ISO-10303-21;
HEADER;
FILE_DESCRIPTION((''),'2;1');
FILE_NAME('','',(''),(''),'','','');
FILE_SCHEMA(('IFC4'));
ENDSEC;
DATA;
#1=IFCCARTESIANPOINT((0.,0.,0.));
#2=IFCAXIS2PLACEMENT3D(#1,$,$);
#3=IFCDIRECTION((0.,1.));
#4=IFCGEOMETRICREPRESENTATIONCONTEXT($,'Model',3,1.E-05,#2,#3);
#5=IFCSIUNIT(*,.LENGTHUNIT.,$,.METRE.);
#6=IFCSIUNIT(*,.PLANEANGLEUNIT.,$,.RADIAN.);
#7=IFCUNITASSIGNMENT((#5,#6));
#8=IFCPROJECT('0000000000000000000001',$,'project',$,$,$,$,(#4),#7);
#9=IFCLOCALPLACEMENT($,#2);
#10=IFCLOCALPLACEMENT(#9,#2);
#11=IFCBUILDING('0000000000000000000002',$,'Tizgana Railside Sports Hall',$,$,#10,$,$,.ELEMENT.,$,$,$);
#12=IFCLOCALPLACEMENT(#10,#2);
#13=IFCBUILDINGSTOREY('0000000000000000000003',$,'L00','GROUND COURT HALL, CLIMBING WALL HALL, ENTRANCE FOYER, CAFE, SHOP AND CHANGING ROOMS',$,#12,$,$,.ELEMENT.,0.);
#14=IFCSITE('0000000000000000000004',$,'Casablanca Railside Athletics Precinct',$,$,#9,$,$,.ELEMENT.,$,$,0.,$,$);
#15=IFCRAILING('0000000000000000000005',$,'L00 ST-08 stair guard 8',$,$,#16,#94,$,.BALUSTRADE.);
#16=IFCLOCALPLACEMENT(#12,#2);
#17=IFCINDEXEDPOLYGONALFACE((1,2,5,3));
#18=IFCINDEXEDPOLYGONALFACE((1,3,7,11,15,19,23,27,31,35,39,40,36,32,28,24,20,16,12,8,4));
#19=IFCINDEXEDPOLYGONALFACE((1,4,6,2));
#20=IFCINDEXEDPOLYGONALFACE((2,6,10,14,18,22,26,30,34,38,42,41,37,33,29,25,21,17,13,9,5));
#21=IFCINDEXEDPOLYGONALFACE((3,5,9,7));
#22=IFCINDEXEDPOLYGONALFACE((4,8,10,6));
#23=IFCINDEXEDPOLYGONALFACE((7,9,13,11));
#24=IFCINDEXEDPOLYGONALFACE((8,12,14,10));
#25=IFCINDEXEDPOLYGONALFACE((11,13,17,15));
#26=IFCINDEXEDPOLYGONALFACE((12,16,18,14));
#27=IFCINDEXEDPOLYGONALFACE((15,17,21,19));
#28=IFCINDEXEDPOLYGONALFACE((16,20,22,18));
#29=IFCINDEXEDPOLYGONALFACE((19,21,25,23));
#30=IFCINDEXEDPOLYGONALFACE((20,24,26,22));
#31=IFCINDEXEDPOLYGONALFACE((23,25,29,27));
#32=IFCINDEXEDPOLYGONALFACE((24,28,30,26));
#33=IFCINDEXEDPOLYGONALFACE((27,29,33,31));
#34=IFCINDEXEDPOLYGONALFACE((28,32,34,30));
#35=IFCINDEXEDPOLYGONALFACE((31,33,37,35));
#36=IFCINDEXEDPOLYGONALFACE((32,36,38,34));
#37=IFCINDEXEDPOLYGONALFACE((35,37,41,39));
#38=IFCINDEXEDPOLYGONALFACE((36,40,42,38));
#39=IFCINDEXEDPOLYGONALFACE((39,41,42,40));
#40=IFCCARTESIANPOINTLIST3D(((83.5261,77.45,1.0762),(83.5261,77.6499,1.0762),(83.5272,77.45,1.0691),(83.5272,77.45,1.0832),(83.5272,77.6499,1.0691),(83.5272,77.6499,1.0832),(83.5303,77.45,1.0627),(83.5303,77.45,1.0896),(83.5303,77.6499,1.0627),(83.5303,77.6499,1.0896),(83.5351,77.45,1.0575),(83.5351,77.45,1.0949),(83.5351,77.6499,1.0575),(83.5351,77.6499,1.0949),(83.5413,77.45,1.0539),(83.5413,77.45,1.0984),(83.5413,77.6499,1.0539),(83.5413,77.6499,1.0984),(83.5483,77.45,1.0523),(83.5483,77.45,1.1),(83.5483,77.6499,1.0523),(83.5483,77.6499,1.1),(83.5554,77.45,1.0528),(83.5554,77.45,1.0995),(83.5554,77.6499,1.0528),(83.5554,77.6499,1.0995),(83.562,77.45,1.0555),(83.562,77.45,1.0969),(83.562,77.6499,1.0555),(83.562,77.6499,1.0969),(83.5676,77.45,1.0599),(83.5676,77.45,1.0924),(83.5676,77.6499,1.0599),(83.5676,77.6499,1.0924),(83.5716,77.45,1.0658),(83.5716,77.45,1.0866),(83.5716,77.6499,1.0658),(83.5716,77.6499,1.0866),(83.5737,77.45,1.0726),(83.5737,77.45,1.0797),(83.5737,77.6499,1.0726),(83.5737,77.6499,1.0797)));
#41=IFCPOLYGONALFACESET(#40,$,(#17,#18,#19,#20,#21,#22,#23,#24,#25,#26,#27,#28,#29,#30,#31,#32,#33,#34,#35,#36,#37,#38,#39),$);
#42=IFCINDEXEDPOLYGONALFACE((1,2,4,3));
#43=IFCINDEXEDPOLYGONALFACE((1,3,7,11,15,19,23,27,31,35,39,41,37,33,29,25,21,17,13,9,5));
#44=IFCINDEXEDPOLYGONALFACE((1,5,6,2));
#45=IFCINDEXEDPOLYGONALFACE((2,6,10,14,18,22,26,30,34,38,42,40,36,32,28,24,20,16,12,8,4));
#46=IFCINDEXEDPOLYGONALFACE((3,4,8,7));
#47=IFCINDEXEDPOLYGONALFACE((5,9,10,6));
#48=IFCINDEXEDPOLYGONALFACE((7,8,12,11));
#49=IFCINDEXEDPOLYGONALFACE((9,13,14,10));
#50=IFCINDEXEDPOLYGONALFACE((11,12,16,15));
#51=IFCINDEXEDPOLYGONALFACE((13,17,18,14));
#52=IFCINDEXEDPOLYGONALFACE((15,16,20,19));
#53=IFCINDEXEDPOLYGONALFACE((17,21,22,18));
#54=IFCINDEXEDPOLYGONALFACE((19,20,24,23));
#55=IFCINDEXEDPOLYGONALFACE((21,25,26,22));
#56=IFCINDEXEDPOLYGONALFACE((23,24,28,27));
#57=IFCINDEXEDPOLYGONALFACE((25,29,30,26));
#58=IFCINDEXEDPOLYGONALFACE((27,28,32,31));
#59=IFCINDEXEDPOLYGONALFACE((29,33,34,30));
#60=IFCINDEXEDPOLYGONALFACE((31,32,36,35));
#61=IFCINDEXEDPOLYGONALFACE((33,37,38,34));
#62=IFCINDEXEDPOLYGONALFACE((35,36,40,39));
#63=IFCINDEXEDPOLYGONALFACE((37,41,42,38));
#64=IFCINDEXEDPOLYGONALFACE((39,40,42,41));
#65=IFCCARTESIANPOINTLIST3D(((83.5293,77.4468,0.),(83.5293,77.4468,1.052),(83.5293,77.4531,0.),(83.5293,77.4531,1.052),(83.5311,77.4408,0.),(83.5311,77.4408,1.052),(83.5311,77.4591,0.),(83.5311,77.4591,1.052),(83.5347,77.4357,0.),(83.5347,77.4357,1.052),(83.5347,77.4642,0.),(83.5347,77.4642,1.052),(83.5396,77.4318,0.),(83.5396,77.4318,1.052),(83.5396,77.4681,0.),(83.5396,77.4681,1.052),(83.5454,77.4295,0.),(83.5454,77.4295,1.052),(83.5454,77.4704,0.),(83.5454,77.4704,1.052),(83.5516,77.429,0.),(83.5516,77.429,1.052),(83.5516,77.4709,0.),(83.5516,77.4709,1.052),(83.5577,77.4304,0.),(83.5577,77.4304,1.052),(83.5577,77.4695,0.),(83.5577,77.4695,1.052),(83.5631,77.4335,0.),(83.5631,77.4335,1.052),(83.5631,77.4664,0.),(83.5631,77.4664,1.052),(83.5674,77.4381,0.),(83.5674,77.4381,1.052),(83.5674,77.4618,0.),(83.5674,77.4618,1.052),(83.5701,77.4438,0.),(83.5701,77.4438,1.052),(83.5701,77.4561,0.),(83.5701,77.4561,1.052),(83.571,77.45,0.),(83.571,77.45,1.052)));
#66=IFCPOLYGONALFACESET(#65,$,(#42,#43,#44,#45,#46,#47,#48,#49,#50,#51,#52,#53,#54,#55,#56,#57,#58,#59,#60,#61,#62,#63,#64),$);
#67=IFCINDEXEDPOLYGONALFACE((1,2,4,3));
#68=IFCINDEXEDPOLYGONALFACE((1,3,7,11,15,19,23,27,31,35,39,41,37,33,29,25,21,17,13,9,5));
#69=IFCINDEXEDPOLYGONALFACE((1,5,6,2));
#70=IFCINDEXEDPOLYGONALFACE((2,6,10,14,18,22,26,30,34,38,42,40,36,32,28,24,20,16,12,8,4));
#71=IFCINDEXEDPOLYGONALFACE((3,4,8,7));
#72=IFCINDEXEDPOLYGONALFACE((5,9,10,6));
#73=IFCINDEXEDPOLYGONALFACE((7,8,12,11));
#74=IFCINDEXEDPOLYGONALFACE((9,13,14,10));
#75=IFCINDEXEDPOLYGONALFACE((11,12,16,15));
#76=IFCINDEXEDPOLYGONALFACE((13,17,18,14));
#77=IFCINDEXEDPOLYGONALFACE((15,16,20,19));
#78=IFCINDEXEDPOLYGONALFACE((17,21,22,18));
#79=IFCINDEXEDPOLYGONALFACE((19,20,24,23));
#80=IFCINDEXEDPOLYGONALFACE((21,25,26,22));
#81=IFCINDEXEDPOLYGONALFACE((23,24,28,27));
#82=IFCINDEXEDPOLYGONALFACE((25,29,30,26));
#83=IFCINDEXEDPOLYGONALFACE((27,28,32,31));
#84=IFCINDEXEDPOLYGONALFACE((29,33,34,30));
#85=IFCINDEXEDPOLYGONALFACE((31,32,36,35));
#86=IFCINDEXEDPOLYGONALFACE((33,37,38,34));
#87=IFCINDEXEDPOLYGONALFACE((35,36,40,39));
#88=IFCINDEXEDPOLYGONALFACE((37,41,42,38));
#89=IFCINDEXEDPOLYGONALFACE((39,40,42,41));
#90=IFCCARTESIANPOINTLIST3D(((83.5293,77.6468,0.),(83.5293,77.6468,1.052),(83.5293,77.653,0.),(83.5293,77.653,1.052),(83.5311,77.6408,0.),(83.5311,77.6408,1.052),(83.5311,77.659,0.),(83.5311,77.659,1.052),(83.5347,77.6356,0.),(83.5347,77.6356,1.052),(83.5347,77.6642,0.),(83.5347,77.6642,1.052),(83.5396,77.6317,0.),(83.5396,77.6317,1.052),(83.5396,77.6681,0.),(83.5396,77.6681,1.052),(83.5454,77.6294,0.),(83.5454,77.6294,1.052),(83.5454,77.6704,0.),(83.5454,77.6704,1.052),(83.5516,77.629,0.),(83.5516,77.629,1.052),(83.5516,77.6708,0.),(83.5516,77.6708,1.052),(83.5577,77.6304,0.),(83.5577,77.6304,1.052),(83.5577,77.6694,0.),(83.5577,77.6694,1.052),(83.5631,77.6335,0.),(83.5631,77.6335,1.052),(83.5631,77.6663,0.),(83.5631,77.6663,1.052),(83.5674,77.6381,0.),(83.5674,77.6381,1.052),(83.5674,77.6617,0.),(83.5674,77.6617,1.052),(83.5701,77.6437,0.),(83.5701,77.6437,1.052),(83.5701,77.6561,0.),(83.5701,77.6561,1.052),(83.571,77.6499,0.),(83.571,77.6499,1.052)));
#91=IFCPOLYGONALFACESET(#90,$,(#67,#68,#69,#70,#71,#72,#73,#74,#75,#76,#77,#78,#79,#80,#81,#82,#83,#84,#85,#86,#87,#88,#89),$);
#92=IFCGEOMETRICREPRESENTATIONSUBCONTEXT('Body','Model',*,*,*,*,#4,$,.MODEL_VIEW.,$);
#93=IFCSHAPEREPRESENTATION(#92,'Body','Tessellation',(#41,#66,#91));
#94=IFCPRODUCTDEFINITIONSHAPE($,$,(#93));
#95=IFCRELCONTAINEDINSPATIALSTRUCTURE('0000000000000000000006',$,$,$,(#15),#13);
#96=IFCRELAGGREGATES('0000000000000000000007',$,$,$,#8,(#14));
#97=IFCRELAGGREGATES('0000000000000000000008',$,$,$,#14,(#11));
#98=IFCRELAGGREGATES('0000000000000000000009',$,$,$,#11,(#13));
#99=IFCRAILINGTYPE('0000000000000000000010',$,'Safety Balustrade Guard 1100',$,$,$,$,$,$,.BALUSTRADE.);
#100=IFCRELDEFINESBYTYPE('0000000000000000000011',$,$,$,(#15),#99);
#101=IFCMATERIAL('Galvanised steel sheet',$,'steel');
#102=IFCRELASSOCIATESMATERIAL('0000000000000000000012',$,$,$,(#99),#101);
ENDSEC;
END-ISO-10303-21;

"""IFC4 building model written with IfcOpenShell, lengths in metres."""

from ifc_helpers import new_model, si_unit, direction, frame, origin, origin_2d, place, context, subcontext, project, spatial, circle, extrude, material, type_object, element, save


model = new_model("IFC4")

# Units and contexts
model_context = context("Model", 3, precision=1e-05, world=origin(), true_north=direction((0.0, 1.0)))
body_context = subcontext(model_context, "Body", "Model", "MODEL_VIEW")
ifc_project = project(units=[si_unit("LENGTHUNIT", "METRE"), si_unit("PLANEANGLEUNIT", "RADIAN")], contexts=[model_context])

# Site, building, storey
site_placement = place(None, origin())
site = spatial("IfcSite", under=ifc_project, at=site_placement, Name="Casablanca Railside Athletics Precinct", CompositionType="ELEMENT", RefElevation=0.0)
building_placement = place(site_placement, origin())
building = spatial("IfcBuilding", under=site, at=building_placement, Name="Tizgana Railside Sports Hall", CompositionType="ELEMENT")
storey_placement = place(building_placement, origin())
storey = spatial("IfcBuildingStorey", under=building, at=storey_placement, Name="L00", Description="GROUND COURT HALL, CLIMBING WALL HALL, ENTRANCE FOYER, CAFE, SHOP AND CHANGING ROOMS", CompositionType="ELEMENT", Elevation=0.0)

# Shared definitions
ifc_material_1 = material(Name="Galvanised steel sheet", Category="steel")

# Railing
railing_type_1 = type_object("IfcRailingType", Name="Safety Balustrade Guard 1100", PredefinedType="BALUSTRADE", material=ifc_material_1)
railing_1_placement = place(storey_placement, frame((83.55, 77.45, 0.0)))
element("IfcRailing", 1, at=railing_1_placement, inside=storey, type_object=railing_type_1, Name="L00 ST-08 stair guard 8", PredefinedType="BALUSTRADE", context=body_context, shape_type="SweptSolid", body=[
    extrude(circle(Radius=0.0239, at=origin_2d()), frame((0.0, 0.0, 1.0762), z_axis=(0.0, 1.0, 0.0), x_axis=(-1.0, 0.0, 0.0)), (0.0, 0.0, 1.0), 0.2),
    extrude(circle(Radius=0.021, at=origin_2d()), origin(), (0.0, 0.0, 1.0), 1.052),
    extrude(circle(Radius=0.021, at=origin_2d()), frame((0.0, 0.2, 0.0)), (0.0, 0.0, 1.0), 1.052),
])

save(model, "model.ifc")
